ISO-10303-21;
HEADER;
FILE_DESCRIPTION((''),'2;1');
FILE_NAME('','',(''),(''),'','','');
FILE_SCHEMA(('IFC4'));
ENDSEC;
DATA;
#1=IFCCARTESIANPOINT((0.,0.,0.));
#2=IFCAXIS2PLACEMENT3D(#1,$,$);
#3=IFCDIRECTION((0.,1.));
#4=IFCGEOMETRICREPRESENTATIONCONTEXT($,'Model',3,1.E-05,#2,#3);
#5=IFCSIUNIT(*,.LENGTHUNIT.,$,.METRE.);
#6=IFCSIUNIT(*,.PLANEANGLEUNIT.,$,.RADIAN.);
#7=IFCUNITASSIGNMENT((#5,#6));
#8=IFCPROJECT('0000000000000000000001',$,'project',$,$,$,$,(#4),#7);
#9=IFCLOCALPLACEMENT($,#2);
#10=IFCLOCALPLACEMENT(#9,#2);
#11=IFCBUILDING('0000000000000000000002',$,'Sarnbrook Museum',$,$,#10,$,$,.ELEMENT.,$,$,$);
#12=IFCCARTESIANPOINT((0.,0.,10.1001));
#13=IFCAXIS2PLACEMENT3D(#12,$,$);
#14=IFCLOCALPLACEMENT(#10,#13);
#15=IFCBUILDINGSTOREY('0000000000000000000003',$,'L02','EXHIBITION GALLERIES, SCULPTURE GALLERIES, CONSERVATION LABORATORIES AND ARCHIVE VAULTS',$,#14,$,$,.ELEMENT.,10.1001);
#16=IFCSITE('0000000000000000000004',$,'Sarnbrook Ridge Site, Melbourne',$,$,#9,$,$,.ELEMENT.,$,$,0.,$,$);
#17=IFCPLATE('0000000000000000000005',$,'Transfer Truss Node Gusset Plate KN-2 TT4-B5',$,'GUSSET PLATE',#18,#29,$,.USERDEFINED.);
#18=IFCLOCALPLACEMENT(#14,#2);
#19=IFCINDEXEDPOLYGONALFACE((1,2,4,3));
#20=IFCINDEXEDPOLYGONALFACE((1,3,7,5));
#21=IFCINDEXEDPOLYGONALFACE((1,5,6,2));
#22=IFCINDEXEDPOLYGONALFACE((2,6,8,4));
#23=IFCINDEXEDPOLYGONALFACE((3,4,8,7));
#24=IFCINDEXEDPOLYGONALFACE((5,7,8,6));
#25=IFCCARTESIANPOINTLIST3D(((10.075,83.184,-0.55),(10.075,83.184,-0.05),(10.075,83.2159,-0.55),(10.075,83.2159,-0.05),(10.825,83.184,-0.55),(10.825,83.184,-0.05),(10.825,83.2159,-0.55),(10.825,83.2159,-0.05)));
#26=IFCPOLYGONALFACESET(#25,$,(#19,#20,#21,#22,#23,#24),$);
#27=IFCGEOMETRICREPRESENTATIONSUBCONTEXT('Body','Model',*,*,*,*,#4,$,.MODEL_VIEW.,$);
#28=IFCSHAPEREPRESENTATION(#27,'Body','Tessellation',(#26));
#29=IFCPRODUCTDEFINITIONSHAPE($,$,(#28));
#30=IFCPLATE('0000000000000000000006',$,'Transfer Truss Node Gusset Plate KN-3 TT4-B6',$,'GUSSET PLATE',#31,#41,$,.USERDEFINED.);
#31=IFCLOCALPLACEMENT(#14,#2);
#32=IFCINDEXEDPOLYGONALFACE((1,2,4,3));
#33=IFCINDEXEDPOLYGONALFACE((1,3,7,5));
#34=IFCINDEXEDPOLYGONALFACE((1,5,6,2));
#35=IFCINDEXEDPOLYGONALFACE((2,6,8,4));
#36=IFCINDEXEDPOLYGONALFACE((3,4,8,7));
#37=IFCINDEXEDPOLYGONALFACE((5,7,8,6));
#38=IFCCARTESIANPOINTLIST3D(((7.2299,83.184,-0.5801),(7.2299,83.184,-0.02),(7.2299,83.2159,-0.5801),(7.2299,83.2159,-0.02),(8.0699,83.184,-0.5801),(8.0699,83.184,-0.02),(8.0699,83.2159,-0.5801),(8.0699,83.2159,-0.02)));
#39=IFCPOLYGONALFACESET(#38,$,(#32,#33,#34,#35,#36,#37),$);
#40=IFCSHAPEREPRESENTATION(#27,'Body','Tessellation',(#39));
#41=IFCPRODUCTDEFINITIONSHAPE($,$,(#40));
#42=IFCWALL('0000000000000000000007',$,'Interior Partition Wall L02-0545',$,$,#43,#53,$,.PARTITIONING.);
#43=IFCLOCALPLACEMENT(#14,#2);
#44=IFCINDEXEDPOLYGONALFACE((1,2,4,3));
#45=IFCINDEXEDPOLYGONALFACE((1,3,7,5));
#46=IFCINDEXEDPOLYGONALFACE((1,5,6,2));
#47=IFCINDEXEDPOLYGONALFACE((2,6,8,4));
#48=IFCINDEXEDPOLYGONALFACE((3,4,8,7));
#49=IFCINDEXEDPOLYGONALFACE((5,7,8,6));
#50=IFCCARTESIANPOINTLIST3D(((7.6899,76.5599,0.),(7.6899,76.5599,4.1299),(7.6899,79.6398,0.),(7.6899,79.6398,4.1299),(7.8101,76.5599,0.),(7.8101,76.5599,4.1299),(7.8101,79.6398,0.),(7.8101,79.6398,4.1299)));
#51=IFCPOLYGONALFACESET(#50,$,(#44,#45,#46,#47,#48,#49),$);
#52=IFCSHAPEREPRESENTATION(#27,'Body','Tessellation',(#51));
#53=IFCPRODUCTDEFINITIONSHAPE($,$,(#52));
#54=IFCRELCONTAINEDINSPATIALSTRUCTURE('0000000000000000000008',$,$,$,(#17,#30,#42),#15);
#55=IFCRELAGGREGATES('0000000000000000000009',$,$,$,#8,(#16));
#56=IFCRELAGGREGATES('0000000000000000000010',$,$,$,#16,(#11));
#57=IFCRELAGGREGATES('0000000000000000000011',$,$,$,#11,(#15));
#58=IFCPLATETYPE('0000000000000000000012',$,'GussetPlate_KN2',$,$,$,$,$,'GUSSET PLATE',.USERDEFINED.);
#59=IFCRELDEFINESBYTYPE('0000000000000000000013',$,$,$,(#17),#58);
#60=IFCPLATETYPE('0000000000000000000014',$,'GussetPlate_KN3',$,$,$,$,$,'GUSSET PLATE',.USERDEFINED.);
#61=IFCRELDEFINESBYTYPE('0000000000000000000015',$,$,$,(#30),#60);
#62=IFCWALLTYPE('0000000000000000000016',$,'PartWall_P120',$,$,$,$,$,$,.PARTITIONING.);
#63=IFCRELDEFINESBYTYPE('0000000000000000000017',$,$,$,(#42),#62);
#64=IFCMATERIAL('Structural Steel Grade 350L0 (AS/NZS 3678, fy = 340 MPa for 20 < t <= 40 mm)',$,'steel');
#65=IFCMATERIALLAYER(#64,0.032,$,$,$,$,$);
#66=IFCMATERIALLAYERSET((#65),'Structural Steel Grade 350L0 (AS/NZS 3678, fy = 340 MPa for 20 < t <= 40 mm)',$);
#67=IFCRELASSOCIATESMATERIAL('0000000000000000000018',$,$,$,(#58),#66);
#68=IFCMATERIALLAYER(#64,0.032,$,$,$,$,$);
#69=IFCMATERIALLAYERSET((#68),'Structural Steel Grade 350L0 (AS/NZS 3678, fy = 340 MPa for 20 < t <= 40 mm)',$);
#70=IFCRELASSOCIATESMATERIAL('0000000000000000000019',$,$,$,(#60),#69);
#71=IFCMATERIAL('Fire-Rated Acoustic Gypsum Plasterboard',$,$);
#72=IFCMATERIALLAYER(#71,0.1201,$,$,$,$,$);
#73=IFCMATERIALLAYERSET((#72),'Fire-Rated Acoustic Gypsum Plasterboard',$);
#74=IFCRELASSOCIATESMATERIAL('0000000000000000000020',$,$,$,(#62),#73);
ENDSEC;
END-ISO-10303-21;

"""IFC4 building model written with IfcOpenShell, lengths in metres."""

from ifc_helpers import new_model, si_unit, direction, frame, frame_2d, origin, origin_2d, place, context, subcontext, project, spatial, rectangle, extrude, material, layer, layer_set, type_object, element, save


model = new_model("IFC4")

# Units and contexts
model_context = context("Model", 3, precision=1e-05, world=origin(), true_north=direction((0.0, 1.0)))
body_context = subcontext(model_context, "Body", "Model", "MODEL_VIEW")
ifc_project = project(units=[si_unit("LENGTHUNIT", "METRE"), si_unit("PLANEANGLEUNIT", "RADIAN")], contexts=[model_context])

# Site, building, storey
site_placement = place(None, origin())
site = spatial("IfcSite", under=ifc_project, at=site_placement, Name="Sarnbrook Ridge Site, Melbourne", CompositionType="ELEMENT", RefElevation=0.0)
building_placement = place(site_placement, origin())
building = spatial("IfcBuilding", under=site, at=building_placement, Name="Sarnbrook Museum", CompositionType="ELEMENT")
storey_placement = place(building_placement, frame((0.0, 0.0, 10.1001)))
storey = spatial("IfcBuildingStorey", under=building, at=storey_placement, Name="L02", Description="EXHIBITION GALLERIES, SCULPTURE GALLERIES, CONSERVATION LABORATORIES AND ARCHIVE VAULTS", CompositionType="ELEMENT", Elevation=10.1001)

# Shared definitions
ifc_material_1 = material(Name="Structural Steel Grade 350L0 (AS/NZS 3678, fy = 340 MPa for 20 < t <= 40 mm)", Category="steel")

# Plates
ifc_layer_1 = layer(ifc_material_1, 0.032)
ifc_layer_set_1 = layer_set([ifc_layer_1], Name="Structural Steel Grade 350L0 (AS/NZS 3678, fy = 340 MPa for 20 < t <= 40 mm)")
plate_type_1 = type_object("IfcPlateType", Name="GussetPlate_KN2", ElementType="GUSSET PLATE", PredefinedType="USERDEFINED", material=ifc_layer_set_1)
plate_1_placement = place(storey_placement, frame((10.45, 83.2, -0.55), z_axis=(0.0, 0.0, 1.0), x_axis=(1.0, 0.0, 0.0)))
element("IfcPlate", 1, at=plate_1_placement, inside=storey, type_object=plate_type_1, Name="Transfer Truss Node Gusset Plate KN-2 TT4-B5", ObjectType="GUSSET PLATE", PredefinedType="USERDEFINED", context=body_context, shape_type="SweptSolid", body=[
    extrude(rectangle(XDim=0.75, YDim=0.032, at=origin_2d()), origin(), (0.0, 0.0, 1.0), 0.5),
])
ifc_layer_2 = layer(ifc_material_1, 0.032)
ifc_layer_set_2 = layer_set([ifc_layer_2], Name="Structural Steel Grade 350L0 (AS/NZS 3678, fy = 340 MPa for 20 < t <= 40 mm)")
plate_type_2 = type_object("IfcPlateType", Name="GussetPlate_KN3", ElementType="GUSSET PLATE", PredefinedType="USERDEFINED", material=ifc_layer_set_2)
plate_2_placement = place(storey_placement, frame((7.6499, 83.2, -0.5801), z_axis=(0.0, 0.0, 1.0), x_axis=(1.0, 0.0, 0.0)))
element("IfcPlate", 2, at=plate_2_placement, inside=storey, type_object=plate_type_2, Name="Transfer Truss Node Gusset Plate KN-3 TT4-B6", ObjectType="GUSSET PLATE", PredefinedType="USERDEFINED", context=body_context, shape_type="SweptSolid", body=[
    extrude(rectangle(XDim=0.8401, YDim=0.032, at=origin_2d()), origin(), (0.0, 0.0, 1.0), 0.5601),
])

# Wall
ifc_material_2 = material(Name="Fire-Rated Acoustic Gypsum Plasterboard")
ifc_layer_3 = layer(ifc_material_2, 0.1201)
ifc_layer_set_3 = layer_set([ifc_layer_3], Name="Fire-Rated Acoustic Gypsum Plasterboard")
wall_type = type_object("IfcWallType", Name="PartWall_P120", PredefinedType="PARTITIONING", material=ifc_layer_set_3)
wall_placement = place(storey_placement, frame((7.75, 79.6399, 0.0), z_axis=(0.0, 0.0, 1.0), x_axis=(0.0, -1.0, 0.0)))
element("IfcWall", 3, at=wall_placement, inside=storey, type_object=wall_type, Name="Interior Partition Wall L02-0545", PredefinedType="PARTITIONING", context=body_context, shape_type="SweptSolid", body=[
    extrude(rectangle(XDim=3.0798, YDim=0.1201, at=frame_2d((1.54, 0.0))), origin(), (0.0, 0.0, 1.0), 4.1299),
])

save(model, "model.ifc")
